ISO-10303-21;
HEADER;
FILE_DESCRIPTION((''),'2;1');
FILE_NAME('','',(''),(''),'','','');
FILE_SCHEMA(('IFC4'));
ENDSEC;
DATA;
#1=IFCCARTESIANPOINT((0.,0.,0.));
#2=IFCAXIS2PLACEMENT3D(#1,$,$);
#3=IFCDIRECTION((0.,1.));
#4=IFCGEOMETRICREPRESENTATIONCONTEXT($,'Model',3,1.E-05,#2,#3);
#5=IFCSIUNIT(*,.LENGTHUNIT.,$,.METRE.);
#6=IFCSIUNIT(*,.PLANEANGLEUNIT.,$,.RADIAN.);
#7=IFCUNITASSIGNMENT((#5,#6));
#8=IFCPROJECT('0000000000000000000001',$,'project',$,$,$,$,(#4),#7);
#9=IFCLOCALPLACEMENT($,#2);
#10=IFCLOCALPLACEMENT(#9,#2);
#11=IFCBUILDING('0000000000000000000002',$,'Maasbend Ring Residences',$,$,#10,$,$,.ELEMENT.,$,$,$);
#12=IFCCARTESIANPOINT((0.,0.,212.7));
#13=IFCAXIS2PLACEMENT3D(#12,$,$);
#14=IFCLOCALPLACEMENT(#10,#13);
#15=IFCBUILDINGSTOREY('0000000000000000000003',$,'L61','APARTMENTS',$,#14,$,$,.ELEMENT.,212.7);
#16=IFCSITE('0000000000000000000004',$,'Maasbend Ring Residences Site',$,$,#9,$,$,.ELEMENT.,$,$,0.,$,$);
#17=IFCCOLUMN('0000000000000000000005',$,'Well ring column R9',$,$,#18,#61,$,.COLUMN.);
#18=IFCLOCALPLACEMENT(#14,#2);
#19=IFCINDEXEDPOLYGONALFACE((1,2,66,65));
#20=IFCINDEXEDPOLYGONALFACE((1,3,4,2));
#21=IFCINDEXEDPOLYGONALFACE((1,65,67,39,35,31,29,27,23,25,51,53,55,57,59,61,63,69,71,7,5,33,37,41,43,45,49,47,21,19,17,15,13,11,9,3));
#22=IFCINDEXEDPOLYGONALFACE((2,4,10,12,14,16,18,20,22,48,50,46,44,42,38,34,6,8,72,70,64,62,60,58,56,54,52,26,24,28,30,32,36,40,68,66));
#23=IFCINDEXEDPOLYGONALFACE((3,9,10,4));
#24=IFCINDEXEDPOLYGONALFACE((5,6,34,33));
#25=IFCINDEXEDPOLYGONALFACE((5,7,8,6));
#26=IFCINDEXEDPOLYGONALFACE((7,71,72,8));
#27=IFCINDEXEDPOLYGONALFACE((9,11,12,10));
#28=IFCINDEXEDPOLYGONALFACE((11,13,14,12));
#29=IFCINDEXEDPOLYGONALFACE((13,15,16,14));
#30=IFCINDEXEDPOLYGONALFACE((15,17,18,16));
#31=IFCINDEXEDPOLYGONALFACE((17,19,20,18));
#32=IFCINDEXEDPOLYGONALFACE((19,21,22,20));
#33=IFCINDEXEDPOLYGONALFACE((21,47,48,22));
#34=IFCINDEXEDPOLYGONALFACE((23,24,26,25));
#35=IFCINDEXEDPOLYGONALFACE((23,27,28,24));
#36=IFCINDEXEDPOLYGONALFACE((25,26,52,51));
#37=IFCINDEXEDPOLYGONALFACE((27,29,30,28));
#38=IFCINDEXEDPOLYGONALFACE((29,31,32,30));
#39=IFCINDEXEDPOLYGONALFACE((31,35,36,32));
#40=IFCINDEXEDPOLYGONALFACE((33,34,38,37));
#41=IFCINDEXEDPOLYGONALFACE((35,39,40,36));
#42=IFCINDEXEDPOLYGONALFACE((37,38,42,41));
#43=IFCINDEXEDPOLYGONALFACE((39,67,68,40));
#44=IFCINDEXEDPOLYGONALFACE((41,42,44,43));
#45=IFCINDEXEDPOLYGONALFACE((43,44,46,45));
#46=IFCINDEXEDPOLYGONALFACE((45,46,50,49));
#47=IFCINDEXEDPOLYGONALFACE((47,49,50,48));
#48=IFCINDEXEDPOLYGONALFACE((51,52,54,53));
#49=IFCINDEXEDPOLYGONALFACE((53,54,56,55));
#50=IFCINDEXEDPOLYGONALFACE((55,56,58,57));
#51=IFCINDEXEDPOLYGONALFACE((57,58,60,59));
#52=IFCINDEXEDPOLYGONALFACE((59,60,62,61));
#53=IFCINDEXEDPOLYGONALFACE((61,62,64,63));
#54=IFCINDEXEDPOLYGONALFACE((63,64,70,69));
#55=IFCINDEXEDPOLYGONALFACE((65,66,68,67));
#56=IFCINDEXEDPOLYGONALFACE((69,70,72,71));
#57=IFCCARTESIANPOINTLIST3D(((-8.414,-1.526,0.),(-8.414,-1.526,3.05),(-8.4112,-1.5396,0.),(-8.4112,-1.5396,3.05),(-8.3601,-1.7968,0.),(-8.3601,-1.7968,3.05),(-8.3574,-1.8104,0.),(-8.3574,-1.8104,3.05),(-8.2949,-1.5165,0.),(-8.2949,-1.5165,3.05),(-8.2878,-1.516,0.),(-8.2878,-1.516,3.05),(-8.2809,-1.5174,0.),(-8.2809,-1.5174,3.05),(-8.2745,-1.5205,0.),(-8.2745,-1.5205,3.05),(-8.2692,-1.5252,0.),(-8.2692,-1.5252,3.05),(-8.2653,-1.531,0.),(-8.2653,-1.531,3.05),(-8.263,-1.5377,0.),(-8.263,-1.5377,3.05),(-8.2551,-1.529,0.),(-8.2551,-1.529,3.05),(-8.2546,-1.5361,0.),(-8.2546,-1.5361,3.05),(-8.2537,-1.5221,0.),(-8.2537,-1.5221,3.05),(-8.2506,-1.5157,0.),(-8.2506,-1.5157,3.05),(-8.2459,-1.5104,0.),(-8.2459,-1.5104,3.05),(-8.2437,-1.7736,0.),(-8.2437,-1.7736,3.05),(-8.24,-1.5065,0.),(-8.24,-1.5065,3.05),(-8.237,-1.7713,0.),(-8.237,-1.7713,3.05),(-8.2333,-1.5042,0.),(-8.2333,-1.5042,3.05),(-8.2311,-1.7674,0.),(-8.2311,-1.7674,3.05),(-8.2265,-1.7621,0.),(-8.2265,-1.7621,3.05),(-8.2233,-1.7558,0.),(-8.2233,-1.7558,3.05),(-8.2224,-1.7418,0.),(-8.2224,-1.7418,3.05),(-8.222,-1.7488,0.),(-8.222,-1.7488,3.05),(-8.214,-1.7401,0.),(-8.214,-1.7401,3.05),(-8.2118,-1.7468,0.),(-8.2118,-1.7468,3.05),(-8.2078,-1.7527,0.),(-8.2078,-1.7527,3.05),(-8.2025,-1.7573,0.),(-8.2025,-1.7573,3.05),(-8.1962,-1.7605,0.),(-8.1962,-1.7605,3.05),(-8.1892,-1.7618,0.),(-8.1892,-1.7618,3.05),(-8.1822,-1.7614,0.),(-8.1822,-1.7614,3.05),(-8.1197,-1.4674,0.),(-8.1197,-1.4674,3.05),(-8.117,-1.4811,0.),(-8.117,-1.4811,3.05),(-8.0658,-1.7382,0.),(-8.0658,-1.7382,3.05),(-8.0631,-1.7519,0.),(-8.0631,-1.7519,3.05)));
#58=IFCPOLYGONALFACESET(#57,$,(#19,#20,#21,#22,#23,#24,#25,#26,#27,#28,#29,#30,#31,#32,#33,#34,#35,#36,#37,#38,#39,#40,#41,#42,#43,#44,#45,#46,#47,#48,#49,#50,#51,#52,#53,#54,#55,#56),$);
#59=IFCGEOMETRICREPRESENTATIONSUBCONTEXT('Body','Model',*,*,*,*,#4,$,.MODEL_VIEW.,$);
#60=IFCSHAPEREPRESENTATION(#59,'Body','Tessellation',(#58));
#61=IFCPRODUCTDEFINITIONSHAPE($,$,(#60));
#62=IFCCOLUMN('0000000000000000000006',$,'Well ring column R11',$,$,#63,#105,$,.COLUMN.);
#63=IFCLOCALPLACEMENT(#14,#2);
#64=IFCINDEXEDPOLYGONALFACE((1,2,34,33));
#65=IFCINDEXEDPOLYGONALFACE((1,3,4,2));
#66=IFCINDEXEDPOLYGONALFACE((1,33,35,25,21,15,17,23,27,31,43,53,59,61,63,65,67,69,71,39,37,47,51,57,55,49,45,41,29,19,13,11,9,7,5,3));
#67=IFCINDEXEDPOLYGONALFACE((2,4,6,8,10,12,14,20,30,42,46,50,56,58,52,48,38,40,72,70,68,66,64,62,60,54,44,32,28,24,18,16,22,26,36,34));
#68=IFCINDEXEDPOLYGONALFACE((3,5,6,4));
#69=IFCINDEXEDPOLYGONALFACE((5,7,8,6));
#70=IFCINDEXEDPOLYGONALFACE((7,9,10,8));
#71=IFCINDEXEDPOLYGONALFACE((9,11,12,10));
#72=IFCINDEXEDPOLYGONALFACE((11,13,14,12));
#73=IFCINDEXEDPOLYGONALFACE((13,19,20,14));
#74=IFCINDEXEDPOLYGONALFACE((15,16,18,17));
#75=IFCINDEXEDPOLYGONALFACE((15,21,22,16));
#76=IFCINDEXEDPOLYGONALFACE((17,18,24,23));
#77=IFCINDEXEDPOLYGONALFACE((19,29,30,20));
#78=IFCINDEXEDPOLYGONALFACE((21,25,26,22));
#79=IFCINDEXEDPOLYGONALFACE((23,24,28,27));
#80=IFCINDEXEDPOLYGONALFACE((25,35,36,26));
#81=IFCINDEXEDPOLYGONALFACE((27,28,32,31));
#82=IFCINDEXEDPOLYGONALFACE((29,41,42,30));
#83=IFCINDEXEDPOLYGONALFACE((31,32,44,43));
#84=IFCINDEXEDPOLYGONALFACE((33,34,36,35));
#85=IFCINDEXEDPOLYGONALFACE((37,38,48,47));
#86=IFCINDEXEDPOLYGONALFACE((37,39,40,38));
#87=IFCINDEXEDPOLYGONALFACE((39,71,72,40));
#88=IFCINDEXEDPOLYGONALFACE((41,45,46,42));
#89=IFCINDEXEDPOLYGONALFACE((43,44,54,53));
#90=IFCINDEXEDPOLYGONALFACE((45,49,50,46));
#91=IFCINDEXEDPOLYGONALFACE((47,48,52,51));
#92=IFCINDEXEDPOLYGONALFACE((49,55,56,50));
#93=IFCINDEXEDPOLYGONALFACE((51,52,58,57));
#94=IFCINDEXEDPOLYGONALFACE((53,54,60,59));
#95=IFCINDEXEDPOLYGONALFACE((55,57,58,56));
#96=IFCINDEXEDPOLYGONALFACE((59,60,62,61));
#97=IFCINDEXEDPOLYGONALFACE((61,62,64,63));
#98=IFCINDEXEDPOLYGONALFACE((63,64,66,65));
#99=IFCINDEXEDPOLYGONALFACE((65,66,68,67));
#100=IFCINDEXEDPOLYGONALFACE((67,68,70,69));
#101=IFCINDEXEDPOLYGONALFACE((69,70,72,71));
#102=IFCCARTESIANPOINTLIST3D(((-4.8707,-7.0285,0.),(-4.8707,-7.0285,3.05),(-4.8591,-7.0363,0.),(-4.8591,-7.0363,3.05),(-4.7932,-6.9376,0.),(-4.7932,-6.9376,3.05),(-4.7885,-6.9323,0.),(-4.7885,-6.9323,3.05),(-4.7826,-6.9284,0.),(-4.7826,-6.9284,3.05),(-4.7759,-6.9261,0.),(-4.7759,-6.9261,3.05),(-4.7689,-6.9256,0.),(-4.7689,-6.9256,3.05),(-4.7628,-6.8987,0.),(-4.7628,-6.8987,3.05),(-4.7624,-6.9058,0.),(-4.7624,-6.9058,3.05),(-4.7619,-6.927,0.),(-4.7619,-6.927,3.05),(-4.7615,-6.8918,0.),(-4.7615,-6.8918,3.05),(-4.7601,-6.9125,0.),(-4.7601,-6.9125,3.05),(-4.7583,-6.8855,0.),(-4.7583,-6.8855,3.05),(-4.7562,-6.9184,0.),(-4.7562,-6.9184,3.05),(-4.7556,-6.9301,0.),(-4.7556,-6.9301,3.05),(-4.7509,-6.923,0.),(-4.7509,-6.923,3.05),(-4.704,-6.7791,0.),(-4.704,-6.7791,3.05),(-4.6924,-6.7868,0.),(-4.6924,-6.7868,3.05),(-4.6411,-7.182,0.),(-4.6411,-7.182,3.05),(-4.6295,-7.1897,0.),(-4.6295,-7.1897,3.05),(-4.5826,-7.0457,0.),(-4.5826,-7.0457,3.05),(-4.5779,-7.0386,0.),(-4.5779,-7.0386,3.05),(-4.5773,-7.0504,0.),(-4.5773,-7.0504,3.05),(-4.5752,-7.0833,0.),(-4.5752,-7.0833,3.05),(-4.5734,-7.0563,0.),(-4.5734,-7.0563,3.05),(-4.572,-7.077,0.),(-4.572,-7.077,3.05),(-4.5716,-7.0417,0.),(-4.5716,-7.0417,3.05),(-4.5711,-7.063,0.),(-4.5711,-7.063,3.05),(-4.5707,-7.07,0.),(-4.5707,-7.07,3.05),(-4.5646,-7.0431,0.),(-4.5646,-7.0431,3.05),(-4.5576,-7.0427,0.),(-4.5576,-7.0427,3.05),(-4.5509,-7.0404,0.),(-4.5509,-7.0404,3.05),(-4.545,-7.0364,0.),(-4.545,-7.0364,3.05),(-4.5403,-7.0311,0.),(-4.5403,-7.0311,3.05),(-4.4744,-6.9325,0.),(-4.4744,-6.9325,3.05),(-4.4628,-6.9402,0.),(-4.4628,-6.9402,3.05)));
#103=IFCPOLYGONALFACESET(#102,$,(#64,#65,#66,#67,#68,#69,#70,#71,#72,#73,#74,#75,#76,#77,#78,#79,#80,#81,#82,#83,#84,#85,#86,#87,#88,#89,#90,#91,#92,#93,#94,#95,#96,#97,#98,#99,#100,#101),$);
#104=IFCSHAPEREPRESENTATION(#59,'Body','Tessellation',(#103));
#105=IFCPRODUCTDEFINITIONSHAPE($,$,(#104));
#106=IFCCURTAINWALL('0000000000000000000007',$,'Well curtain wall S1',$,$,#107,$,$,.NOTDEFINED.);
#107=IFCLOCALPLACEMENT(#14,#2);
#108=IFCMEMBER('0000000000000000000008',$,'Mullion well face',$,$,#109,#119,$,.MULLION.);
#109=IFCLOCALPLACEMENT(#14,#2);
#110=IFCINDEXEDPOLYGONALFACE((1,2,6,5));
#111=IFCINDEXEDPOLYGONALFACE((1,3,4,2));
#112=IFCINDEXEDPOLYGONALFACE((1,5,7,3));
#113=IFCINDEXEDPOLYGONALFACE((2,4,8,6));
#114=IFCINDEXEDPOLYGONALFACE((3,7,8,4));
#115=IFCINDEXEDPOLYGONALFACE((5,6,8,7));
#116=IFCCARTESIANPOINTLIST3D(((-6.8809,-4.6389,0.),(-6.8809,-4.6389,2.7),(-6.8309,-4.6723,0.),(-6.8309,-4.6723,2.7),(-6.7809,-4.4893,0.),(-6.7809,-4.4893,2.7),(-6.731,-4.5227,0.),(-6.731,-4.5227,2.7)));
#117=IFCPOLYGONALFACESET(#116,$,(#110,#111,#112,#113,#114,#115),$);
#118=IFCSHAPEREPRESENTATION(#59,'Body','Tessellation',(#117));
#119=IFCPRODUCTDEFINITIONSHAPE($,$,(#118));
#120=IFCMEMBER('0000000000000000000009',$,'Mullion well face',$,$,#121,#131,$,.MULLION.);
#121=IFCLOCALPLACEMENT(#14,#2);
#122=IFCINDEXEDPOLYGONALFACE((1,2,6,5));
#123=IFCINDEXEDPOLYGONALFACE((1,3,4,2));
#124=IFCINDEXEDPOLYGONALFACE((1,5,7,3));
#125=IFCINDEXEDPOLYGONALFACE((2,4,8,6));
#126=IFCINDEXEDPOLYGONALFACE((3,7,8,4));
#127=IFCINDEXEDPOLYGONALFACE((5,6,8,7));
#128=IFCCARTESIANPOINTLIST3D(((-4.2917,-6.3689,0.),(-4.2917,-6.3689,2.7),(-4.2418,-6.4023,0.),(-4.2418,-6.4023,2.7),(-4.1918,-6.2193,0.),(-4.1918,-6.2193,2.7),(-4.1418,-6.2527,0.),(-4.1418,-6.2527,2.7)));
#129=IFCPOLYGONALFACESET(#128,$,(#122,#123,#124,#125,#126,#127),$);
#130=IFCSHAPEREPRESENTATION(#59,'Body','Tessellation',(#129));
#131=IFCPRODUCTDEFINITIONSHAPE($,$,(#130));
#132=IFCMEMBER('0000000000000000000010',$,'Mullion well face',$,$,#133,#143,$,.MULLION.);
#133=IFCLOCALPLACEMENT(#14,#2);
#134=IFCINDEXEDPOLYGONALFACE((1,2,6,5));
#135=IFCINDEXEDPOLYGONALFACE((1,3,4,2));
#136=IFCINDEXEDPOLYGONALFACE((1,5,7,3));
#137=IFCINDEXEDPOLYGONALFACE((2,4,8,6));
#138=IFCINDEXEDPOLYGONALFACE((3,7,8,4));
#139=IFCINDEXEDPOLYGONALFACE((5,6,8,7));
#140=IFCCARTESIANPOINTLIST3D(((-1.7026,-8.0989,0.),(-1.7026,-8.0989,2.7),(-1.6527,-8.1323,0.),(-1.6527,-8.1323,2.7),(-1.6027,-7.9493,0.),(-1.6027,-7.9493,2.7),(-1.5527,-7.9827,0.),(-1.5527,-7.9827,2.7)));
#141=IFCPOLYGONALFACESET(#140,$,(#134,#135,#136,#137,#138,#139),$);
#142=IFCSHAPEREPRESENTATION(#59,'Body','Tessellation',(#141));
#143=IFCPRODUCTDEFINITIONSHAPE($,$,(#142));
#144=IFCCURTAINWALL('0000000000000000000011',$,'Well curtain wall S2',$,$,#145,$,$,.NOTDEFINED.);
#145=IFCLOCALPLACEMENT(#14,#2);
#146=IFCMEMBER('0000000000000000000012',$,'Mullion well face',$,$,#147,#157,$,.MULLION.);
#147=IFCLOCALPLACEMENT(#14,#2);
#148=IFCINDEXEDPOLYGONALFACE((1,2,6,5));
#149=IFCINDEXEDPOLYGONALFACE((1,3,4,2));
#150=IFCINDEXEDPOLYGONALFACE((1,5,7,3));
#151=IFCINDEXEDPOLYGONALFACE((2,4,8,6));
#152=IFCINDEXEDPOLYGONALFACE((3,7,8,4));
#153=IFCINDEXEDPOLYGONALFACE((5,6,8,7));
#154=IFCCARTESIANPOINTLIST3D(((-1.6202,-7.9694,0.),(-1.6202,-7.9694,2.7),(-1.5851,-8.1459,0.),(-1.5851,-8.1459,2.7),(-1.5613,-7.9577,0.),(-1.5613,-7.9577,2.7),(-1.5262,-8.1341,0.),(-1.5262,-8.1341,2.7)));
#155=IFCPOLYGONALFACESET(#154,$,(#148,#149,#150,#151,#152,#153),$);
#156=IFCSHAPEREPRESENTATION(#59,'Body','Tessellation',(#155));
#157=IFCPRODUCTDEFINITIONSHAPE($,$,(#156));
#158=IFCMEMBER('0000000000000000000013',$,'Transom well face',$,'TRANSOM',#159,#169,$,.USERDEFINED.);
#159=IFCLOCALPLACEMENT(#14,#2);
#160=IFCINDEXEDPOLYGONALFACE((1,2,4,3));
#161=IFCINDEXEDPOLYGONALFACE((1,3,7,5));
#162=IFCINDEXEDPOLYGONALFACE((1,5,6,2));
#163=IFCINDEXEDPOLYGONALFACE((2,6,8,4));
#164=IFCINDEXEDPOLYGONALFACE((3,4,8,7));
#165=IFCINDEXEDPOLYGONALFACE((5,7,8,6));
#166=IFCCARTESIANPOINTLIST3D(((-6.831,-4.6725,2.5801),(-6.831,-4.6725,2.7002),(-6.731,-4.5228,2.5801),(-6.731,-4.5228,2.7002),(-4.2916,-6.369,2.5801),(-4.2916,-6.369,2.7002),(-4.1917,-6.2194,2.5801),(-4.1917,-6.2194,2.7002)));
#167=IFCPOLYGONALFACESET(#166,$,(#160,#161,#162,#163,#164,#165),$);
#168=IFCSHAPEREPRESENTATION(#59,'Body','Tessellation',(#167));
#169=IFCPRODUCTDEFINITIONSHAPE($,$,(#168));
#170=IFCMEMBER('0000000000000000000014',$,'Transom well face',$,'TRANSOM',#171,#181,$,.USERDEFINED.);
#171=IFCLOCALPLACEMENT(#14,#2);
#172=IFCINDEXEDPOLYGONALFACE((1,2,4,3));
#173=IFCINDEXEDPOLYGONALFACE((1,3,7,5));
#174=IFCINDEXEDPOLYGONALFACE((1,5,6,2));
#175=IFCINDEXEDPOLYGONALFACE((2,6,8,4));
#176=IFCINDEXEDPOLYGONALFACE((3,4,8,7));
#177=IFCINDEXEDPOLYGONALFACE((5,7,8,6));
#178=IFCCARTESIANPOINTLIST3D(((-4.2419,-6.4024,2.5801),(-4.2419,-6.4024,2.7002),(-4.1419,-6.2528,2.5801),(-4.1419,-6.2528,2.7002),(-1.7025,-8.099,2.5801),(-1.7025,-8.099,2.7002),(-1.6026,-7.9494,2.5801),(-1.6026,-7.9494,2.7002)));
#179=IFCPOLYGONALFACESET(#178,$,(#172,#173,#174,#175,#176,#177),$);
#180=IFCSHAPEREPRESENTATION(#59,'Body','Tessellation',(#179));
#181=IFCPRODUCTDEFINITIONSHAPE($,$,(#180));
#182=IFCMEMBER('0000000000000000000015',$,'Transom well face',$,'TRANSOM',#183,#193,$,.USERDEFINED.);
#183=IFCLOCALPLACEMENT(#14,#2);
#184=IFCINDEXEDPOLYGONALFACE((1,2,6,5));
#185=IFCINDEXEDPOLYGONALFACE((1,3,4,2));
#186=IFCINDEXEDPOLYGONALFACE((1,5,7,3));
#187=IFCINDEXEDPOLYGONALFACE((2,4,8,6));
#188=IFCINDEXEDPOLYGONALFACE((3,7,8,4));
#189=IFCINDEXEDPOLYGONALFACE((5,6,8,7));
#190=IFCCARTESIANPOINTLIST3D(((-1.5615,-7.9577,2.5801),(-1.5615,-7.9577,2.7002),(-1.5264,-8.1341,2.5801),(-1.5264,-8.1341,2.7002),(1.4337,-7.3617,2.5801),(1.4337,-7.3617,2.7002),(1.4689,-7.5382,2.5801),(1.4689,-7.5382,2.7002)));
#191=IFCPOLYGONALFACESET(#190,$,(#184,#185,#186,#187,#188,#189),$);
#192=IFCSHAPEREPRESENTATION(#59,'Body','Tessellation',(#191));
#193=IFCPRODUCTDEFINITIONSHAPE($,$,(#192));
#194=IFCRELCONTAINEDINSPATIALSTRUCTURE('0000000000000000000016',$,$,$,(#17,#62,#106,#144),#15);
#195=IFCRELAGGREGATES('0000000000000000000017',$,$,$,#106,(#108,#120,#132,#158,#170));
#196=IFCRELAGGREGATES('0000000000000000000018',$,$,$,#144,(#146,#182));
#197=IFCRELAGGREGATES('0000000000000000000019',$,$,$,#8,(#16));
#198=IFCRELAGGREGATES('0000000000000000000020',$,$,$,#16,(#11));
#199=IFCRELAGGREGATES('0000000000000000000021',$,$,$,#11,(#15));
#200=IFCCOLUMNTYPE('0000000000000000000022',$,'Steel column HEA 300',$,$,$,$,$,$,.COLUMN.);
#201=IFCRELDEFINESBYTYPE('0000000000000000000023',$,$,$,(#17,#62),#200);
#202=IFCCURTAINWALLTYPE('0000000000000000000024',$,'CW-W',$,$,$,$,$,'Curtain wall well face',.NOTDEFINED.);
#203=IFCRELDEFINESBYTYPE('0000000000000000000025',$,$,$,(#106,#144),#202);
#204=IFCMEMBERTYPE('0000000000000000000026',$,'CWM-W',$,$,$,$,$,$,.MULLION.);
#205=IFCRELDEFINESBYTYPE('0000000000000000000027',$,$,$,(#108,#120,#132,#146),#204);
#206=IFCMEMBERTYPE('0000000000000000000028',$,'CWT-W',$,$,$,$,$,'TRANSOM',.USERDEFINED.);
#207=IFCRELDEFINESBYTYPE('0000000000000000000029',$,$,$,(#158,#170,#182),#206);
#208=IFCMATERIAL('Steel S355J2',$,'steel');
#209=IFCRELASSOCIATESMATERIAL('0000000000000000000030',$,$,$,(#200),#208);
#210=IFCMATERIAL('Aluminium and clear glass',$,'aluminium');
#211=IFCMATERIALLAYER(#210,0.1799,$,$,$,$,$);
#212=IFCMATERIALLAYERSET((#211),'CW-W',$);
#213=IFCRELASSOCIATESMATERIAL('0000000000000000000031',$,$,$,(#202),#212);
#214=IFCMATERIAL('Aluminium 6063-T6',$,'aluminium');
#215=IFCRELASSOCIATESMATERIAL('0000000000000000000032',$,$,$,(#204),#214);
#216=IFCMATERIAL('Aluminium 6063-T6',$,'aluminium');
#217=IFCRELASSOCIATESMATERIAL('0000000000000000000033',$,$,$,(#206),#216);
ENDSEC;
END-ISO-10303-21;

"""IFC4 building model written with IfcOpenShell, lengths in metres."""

from ifc_helpers import new_model, si_unit, direction, frame, origin, origin_2d, place, context, subcontext, project, spatial, rectangle, i_section, extrude, material, layer, layer_set, material_profile, profile_set, type_object, element, aggregate, save


model = new_model("IFC4")

# Units and contexts
model_context = context("Model", 3, precision=1e-05, world=origin(), true_north=direction((0.0, 1.0)))
body_context = subcontext(model_context, "Body", "Model", "MODEL_VIEW")
ifc_project = project(units=[si_unit("LENGTHUNIT", "METRE"), si_unit("PLANEANGLEUNIT", "RADIAN")], contexts=[model_context])

# Site, building, storey
site_placement = place(None, origin())
site = spatial("IfcSite", under=ifc_project, at=site_placement, Name="Maasbend Ring Residences Site", CompositionType="ELEMENT", RefElevation=0.0)
building_placement = place(site_placement, origin())
building = spatial("IfcBuilding", under=site, at=building_placement, Name="Maasbend Ring Residences", CompositionType="ELEMENT")
storey_placement = place(building_placement, frame((0.0, 0.0, 212.7)))
storey = spatial("IfcBuildingStorey", under=building, at=storey_placement, Name="L61", Description="APARTMENTS", CompositionType="ELEMENT", Elevation=212.7)

# Columns
ifc_material_1 = material(Name="Steel S355J2", Category="steel")
ifc_material_profile_1 = material_profile(ifc_material_1, i_section(OverallWidth=0.3, OverallDepth=0.29, WebThickness=0.0085, FlangeThickness=0.0139, FilletRadius=0.0271, at=origin_2d()), Name="HEA 300")
ifc_profile_set_1 = profile_set([ifc_material_profile_1], Name="Steel S355J2")
column_type = type_object("IfcColumnType", Name="Steel column HEA 300", PredefinedType="COLUMN", material=ifc_profile_set_1)
for number, where, z_axis, x_axis, name in (
    (1, (-8.2385, -1.6389, 0.0), (0.0, 0.0, 1.0), (-0.980785, -0.19509, 0.0), "Well ring column R9"),
    (2, (-4.6667, -6.9844, 0.0), (0.0, 0.0, 1.0), (-0.55557, -0.83147, 0.0), "Well ring column R11"),
):
    element("IfcColumn", number, at=place(storey_placement, frame(where, z_axis=z_axis, x_axis=x_axis)), inside=storey, type_object=column_type, Name=name, PredefinedType="COLUMN", context=body_context, shape_type="SweptSolid", body=[
        extrude(i_section(OverallWidth=0.3, OverallDepth=0.29, WebThickness=0.0085, FlangeThickness=0.0139, FilletRadius=0.0271, at=origin_2d()), origin(), (0.0, 0.0, 1.0), 3.05),
    ])

# Curtain wall, members
ifc_material_2 = material(Name="Aluminium and clear glass", Category="aluminium")
ifc_layer_1 = layer(ifc_material_2, 0.1799)
ifc_layer_set_1 = layer_set([ifc_layer_1], Name="CW-W")
curtain_wall_type = type_object("IfcCurtainWallType", Name="CW-W", ElementType="Curtain wall well face", PredefinedType="NOTDEFINED", material=ifc_layer_set_1)
curtain_wall_1_placement = place(storey_placement, origin())
curtain_wall_1 = element("IfcCurtainWall", 3, at=curtain_wall_1_placement, inside=storey, type_object=curtain_wall_type, Name="Well curtain wall S1", PredefinedType="NOTDEFINED")
ifc_material_3 = material(Name="Aluminium 6063-T6", Category="aluminium")
ifc_material_profile_2 = material_profile(ifc_material_3, rectangle(XDim=0.1799, YDim=0.0601, at=origin_2d()), Name="AL 180x60")
ifc_profile_set_2 = profile_set([ifc_material_profile_2], Name="Aluminium 6063-T6")
member_type_1 = type_object("IfcMemberType", Name="CWM-W", PredefinedType="MULLION", material=ifc_profile_set_2)
member_1_placement = place(storey_placement, frame((-6.8059, -4.5808, 0.0), z_axis=(0.0, 0.0, 1.0), x_axis=(0.55557, 0.83147, 0.0)))
member_1 = element("IfcMember", 4, at=member_1_placement, type_object=member_type_1, Name="Mullion well face", PredefinedType="MULLION", context=body_context, shape_type="SweptSolid", body=[
    extrude(rectangle(XDim=0.1799, YDim=0.0601, at=origin_2d()), origin(), (0.0, 0.0, 1.0), 2.7),
])
member_2_placement = place(storey_placement, frame((-4.2168, -6.3108, 0.0), z_axis=(0.0, 0.0, 1.0), x_axis=(0.55557, 0.83147, 0.0)))
member_2 = element("IfcMember", 5, at=member_2_placement, type_object=member_type_1, Name="Mullion well face", PredefinedType="MULLION", context=body_context, shape_type="SweptSolid", body=[
    extrude(rectangle(XDim=0.1799, YDim=0.0601, at=origin_2d()), origin(), (0.0, 0.0, 1.0), 2.7),
])
member_3_placement = place(storey_placement, frame((-1.6277, -8.0408, 0.0), z_axis=(0.0, 0.0, 1.0), x_axis=(0.55557, 0.83147, 0.0)))
member_3 = element("IfcMember", 6, at=member_3_placement, type_object=member_type_1, Name="Mullion well face", PredefinedType="MULLION", context=body_context, shape_type="SweptSolid", body=[
    extrude(rectangle(XDim=0.1799, YDim=0.0601, at=origin_2d()), origin(), (0.0, 0.0, 1.0), 2.7),
])

# Curtain wall, member
curtain_wall_2_placement = place(storey_placement, origin())
curtain_wall_2 = element("IfcCurtainWall", 7, at=curtain_wall_2_placement, inside=storey, type_object=curtain_wall_type, Name="Well curtain wall S2", PredefinedType="NOTDEFINED")
member_4_placement = place(storey_placement, frame((-1.5732, -8.0518, 0.0), z_axis=(0.0, 0.0, 1.0), x_axis=(-0.19509, 0.980785, 0.0)))
member_4 = element("IfcMember", 8, at=member_4_placement, type_object=member_type_1, Name="Mullion well face", PredefinedType="MULLION", context=body_context, shape_type="SweptSolid", body=[
    extrude(rectangle(XDim=0.1799, YDim=0.0601, at=origin_2d()), origin(), (0.0, 0.0, 1.0), 2.7),
])

# Members
ifc_material_4 = material(Name="Aluminium 6063-T6", Category="aluminium")
ifc_material_profile_3 = material_profile(ifc_material_4, rectangle(XDim=0.1799, YDim=0.1201, at=origin_2d()), Name="AL 180x120")
ifc_profile_set_3 = profile_set([ifc_material_profile_3], Name="Aluminium 6063-T6")
member_type_2 = type_object("IfcMemberType", Name="CWT-W", ElementType="TRANSOM", PredefinedType="USERDEFINED", material=ifc_profile_set_3)
member_5_placement = place(storey_placement, frame((-6.781, -4.5977, 2.6401), z_axis=(0.831496, -0.55553, 0.0), x_axis=(0.55553, 0.831496, 0.0)))
member_5 = element("IfcMember", 9, at=member_5_placement, type_object=member_type_2, Name="Transom well face", ObjectType="TRANSOM", PredefinedType="USERDEFINED", context=body_context, shape_type="SweptSolid", body=[
    extrude(rectangle(XDim=0.1799, YDim=0.1201, at=origin_2d()), origin(), (0.0, 0.0, 1.0), 3.054),
])
member_6_placement = place(storey_placement, frame((-4.1919, -6.3276, 2.6401), z_axis=(0.831496, -0.55553, 0.0), x_axis=(0.55553, 0.831496, 0.0)))
member_6 = element("IfcMember", 10, at=member_6_placement, type_object=member_type_2, Name="Transom well face", ObjectType="TRANSOM", PredefinedType="USERDEFINED", context=body_context, shape_type="SweptSolid", body=[
    extrude(rectangle(XDim=0.1799, YDim=0.1201, at=origin_2d()), origin(), (0.0, 0.0, 1.0), 3.054),
])
member_7_placement = place(storey_placement, frame((-1.5439, -8.0459, 2.6401), z_axis=(0.980777, 0.195132, 0.0), x_axis=(-0.195132, 0.980777, 0.0)))
member_7 = element("IfcMember", 11, at=member_7_placement, type_object=member_type_2, Name="Transom well face", ObjectType="TRANSOM", PredefinedType="USERDEFINED", context=body_context, shape_type="SweptSolid", body=[
    extrude(rectangle(XDim=0.1799, YDim=0.1201, at=origin_2d()), origin(), (0.0, 0.0, 1.0), 3.054),
])

aggregate(curtain_wall_1, [member_1, member_2, member_3, member_5, member_6])
aggregate(curtain_wall_2, [member_4, member_7])

save(model, "model.ifc")
